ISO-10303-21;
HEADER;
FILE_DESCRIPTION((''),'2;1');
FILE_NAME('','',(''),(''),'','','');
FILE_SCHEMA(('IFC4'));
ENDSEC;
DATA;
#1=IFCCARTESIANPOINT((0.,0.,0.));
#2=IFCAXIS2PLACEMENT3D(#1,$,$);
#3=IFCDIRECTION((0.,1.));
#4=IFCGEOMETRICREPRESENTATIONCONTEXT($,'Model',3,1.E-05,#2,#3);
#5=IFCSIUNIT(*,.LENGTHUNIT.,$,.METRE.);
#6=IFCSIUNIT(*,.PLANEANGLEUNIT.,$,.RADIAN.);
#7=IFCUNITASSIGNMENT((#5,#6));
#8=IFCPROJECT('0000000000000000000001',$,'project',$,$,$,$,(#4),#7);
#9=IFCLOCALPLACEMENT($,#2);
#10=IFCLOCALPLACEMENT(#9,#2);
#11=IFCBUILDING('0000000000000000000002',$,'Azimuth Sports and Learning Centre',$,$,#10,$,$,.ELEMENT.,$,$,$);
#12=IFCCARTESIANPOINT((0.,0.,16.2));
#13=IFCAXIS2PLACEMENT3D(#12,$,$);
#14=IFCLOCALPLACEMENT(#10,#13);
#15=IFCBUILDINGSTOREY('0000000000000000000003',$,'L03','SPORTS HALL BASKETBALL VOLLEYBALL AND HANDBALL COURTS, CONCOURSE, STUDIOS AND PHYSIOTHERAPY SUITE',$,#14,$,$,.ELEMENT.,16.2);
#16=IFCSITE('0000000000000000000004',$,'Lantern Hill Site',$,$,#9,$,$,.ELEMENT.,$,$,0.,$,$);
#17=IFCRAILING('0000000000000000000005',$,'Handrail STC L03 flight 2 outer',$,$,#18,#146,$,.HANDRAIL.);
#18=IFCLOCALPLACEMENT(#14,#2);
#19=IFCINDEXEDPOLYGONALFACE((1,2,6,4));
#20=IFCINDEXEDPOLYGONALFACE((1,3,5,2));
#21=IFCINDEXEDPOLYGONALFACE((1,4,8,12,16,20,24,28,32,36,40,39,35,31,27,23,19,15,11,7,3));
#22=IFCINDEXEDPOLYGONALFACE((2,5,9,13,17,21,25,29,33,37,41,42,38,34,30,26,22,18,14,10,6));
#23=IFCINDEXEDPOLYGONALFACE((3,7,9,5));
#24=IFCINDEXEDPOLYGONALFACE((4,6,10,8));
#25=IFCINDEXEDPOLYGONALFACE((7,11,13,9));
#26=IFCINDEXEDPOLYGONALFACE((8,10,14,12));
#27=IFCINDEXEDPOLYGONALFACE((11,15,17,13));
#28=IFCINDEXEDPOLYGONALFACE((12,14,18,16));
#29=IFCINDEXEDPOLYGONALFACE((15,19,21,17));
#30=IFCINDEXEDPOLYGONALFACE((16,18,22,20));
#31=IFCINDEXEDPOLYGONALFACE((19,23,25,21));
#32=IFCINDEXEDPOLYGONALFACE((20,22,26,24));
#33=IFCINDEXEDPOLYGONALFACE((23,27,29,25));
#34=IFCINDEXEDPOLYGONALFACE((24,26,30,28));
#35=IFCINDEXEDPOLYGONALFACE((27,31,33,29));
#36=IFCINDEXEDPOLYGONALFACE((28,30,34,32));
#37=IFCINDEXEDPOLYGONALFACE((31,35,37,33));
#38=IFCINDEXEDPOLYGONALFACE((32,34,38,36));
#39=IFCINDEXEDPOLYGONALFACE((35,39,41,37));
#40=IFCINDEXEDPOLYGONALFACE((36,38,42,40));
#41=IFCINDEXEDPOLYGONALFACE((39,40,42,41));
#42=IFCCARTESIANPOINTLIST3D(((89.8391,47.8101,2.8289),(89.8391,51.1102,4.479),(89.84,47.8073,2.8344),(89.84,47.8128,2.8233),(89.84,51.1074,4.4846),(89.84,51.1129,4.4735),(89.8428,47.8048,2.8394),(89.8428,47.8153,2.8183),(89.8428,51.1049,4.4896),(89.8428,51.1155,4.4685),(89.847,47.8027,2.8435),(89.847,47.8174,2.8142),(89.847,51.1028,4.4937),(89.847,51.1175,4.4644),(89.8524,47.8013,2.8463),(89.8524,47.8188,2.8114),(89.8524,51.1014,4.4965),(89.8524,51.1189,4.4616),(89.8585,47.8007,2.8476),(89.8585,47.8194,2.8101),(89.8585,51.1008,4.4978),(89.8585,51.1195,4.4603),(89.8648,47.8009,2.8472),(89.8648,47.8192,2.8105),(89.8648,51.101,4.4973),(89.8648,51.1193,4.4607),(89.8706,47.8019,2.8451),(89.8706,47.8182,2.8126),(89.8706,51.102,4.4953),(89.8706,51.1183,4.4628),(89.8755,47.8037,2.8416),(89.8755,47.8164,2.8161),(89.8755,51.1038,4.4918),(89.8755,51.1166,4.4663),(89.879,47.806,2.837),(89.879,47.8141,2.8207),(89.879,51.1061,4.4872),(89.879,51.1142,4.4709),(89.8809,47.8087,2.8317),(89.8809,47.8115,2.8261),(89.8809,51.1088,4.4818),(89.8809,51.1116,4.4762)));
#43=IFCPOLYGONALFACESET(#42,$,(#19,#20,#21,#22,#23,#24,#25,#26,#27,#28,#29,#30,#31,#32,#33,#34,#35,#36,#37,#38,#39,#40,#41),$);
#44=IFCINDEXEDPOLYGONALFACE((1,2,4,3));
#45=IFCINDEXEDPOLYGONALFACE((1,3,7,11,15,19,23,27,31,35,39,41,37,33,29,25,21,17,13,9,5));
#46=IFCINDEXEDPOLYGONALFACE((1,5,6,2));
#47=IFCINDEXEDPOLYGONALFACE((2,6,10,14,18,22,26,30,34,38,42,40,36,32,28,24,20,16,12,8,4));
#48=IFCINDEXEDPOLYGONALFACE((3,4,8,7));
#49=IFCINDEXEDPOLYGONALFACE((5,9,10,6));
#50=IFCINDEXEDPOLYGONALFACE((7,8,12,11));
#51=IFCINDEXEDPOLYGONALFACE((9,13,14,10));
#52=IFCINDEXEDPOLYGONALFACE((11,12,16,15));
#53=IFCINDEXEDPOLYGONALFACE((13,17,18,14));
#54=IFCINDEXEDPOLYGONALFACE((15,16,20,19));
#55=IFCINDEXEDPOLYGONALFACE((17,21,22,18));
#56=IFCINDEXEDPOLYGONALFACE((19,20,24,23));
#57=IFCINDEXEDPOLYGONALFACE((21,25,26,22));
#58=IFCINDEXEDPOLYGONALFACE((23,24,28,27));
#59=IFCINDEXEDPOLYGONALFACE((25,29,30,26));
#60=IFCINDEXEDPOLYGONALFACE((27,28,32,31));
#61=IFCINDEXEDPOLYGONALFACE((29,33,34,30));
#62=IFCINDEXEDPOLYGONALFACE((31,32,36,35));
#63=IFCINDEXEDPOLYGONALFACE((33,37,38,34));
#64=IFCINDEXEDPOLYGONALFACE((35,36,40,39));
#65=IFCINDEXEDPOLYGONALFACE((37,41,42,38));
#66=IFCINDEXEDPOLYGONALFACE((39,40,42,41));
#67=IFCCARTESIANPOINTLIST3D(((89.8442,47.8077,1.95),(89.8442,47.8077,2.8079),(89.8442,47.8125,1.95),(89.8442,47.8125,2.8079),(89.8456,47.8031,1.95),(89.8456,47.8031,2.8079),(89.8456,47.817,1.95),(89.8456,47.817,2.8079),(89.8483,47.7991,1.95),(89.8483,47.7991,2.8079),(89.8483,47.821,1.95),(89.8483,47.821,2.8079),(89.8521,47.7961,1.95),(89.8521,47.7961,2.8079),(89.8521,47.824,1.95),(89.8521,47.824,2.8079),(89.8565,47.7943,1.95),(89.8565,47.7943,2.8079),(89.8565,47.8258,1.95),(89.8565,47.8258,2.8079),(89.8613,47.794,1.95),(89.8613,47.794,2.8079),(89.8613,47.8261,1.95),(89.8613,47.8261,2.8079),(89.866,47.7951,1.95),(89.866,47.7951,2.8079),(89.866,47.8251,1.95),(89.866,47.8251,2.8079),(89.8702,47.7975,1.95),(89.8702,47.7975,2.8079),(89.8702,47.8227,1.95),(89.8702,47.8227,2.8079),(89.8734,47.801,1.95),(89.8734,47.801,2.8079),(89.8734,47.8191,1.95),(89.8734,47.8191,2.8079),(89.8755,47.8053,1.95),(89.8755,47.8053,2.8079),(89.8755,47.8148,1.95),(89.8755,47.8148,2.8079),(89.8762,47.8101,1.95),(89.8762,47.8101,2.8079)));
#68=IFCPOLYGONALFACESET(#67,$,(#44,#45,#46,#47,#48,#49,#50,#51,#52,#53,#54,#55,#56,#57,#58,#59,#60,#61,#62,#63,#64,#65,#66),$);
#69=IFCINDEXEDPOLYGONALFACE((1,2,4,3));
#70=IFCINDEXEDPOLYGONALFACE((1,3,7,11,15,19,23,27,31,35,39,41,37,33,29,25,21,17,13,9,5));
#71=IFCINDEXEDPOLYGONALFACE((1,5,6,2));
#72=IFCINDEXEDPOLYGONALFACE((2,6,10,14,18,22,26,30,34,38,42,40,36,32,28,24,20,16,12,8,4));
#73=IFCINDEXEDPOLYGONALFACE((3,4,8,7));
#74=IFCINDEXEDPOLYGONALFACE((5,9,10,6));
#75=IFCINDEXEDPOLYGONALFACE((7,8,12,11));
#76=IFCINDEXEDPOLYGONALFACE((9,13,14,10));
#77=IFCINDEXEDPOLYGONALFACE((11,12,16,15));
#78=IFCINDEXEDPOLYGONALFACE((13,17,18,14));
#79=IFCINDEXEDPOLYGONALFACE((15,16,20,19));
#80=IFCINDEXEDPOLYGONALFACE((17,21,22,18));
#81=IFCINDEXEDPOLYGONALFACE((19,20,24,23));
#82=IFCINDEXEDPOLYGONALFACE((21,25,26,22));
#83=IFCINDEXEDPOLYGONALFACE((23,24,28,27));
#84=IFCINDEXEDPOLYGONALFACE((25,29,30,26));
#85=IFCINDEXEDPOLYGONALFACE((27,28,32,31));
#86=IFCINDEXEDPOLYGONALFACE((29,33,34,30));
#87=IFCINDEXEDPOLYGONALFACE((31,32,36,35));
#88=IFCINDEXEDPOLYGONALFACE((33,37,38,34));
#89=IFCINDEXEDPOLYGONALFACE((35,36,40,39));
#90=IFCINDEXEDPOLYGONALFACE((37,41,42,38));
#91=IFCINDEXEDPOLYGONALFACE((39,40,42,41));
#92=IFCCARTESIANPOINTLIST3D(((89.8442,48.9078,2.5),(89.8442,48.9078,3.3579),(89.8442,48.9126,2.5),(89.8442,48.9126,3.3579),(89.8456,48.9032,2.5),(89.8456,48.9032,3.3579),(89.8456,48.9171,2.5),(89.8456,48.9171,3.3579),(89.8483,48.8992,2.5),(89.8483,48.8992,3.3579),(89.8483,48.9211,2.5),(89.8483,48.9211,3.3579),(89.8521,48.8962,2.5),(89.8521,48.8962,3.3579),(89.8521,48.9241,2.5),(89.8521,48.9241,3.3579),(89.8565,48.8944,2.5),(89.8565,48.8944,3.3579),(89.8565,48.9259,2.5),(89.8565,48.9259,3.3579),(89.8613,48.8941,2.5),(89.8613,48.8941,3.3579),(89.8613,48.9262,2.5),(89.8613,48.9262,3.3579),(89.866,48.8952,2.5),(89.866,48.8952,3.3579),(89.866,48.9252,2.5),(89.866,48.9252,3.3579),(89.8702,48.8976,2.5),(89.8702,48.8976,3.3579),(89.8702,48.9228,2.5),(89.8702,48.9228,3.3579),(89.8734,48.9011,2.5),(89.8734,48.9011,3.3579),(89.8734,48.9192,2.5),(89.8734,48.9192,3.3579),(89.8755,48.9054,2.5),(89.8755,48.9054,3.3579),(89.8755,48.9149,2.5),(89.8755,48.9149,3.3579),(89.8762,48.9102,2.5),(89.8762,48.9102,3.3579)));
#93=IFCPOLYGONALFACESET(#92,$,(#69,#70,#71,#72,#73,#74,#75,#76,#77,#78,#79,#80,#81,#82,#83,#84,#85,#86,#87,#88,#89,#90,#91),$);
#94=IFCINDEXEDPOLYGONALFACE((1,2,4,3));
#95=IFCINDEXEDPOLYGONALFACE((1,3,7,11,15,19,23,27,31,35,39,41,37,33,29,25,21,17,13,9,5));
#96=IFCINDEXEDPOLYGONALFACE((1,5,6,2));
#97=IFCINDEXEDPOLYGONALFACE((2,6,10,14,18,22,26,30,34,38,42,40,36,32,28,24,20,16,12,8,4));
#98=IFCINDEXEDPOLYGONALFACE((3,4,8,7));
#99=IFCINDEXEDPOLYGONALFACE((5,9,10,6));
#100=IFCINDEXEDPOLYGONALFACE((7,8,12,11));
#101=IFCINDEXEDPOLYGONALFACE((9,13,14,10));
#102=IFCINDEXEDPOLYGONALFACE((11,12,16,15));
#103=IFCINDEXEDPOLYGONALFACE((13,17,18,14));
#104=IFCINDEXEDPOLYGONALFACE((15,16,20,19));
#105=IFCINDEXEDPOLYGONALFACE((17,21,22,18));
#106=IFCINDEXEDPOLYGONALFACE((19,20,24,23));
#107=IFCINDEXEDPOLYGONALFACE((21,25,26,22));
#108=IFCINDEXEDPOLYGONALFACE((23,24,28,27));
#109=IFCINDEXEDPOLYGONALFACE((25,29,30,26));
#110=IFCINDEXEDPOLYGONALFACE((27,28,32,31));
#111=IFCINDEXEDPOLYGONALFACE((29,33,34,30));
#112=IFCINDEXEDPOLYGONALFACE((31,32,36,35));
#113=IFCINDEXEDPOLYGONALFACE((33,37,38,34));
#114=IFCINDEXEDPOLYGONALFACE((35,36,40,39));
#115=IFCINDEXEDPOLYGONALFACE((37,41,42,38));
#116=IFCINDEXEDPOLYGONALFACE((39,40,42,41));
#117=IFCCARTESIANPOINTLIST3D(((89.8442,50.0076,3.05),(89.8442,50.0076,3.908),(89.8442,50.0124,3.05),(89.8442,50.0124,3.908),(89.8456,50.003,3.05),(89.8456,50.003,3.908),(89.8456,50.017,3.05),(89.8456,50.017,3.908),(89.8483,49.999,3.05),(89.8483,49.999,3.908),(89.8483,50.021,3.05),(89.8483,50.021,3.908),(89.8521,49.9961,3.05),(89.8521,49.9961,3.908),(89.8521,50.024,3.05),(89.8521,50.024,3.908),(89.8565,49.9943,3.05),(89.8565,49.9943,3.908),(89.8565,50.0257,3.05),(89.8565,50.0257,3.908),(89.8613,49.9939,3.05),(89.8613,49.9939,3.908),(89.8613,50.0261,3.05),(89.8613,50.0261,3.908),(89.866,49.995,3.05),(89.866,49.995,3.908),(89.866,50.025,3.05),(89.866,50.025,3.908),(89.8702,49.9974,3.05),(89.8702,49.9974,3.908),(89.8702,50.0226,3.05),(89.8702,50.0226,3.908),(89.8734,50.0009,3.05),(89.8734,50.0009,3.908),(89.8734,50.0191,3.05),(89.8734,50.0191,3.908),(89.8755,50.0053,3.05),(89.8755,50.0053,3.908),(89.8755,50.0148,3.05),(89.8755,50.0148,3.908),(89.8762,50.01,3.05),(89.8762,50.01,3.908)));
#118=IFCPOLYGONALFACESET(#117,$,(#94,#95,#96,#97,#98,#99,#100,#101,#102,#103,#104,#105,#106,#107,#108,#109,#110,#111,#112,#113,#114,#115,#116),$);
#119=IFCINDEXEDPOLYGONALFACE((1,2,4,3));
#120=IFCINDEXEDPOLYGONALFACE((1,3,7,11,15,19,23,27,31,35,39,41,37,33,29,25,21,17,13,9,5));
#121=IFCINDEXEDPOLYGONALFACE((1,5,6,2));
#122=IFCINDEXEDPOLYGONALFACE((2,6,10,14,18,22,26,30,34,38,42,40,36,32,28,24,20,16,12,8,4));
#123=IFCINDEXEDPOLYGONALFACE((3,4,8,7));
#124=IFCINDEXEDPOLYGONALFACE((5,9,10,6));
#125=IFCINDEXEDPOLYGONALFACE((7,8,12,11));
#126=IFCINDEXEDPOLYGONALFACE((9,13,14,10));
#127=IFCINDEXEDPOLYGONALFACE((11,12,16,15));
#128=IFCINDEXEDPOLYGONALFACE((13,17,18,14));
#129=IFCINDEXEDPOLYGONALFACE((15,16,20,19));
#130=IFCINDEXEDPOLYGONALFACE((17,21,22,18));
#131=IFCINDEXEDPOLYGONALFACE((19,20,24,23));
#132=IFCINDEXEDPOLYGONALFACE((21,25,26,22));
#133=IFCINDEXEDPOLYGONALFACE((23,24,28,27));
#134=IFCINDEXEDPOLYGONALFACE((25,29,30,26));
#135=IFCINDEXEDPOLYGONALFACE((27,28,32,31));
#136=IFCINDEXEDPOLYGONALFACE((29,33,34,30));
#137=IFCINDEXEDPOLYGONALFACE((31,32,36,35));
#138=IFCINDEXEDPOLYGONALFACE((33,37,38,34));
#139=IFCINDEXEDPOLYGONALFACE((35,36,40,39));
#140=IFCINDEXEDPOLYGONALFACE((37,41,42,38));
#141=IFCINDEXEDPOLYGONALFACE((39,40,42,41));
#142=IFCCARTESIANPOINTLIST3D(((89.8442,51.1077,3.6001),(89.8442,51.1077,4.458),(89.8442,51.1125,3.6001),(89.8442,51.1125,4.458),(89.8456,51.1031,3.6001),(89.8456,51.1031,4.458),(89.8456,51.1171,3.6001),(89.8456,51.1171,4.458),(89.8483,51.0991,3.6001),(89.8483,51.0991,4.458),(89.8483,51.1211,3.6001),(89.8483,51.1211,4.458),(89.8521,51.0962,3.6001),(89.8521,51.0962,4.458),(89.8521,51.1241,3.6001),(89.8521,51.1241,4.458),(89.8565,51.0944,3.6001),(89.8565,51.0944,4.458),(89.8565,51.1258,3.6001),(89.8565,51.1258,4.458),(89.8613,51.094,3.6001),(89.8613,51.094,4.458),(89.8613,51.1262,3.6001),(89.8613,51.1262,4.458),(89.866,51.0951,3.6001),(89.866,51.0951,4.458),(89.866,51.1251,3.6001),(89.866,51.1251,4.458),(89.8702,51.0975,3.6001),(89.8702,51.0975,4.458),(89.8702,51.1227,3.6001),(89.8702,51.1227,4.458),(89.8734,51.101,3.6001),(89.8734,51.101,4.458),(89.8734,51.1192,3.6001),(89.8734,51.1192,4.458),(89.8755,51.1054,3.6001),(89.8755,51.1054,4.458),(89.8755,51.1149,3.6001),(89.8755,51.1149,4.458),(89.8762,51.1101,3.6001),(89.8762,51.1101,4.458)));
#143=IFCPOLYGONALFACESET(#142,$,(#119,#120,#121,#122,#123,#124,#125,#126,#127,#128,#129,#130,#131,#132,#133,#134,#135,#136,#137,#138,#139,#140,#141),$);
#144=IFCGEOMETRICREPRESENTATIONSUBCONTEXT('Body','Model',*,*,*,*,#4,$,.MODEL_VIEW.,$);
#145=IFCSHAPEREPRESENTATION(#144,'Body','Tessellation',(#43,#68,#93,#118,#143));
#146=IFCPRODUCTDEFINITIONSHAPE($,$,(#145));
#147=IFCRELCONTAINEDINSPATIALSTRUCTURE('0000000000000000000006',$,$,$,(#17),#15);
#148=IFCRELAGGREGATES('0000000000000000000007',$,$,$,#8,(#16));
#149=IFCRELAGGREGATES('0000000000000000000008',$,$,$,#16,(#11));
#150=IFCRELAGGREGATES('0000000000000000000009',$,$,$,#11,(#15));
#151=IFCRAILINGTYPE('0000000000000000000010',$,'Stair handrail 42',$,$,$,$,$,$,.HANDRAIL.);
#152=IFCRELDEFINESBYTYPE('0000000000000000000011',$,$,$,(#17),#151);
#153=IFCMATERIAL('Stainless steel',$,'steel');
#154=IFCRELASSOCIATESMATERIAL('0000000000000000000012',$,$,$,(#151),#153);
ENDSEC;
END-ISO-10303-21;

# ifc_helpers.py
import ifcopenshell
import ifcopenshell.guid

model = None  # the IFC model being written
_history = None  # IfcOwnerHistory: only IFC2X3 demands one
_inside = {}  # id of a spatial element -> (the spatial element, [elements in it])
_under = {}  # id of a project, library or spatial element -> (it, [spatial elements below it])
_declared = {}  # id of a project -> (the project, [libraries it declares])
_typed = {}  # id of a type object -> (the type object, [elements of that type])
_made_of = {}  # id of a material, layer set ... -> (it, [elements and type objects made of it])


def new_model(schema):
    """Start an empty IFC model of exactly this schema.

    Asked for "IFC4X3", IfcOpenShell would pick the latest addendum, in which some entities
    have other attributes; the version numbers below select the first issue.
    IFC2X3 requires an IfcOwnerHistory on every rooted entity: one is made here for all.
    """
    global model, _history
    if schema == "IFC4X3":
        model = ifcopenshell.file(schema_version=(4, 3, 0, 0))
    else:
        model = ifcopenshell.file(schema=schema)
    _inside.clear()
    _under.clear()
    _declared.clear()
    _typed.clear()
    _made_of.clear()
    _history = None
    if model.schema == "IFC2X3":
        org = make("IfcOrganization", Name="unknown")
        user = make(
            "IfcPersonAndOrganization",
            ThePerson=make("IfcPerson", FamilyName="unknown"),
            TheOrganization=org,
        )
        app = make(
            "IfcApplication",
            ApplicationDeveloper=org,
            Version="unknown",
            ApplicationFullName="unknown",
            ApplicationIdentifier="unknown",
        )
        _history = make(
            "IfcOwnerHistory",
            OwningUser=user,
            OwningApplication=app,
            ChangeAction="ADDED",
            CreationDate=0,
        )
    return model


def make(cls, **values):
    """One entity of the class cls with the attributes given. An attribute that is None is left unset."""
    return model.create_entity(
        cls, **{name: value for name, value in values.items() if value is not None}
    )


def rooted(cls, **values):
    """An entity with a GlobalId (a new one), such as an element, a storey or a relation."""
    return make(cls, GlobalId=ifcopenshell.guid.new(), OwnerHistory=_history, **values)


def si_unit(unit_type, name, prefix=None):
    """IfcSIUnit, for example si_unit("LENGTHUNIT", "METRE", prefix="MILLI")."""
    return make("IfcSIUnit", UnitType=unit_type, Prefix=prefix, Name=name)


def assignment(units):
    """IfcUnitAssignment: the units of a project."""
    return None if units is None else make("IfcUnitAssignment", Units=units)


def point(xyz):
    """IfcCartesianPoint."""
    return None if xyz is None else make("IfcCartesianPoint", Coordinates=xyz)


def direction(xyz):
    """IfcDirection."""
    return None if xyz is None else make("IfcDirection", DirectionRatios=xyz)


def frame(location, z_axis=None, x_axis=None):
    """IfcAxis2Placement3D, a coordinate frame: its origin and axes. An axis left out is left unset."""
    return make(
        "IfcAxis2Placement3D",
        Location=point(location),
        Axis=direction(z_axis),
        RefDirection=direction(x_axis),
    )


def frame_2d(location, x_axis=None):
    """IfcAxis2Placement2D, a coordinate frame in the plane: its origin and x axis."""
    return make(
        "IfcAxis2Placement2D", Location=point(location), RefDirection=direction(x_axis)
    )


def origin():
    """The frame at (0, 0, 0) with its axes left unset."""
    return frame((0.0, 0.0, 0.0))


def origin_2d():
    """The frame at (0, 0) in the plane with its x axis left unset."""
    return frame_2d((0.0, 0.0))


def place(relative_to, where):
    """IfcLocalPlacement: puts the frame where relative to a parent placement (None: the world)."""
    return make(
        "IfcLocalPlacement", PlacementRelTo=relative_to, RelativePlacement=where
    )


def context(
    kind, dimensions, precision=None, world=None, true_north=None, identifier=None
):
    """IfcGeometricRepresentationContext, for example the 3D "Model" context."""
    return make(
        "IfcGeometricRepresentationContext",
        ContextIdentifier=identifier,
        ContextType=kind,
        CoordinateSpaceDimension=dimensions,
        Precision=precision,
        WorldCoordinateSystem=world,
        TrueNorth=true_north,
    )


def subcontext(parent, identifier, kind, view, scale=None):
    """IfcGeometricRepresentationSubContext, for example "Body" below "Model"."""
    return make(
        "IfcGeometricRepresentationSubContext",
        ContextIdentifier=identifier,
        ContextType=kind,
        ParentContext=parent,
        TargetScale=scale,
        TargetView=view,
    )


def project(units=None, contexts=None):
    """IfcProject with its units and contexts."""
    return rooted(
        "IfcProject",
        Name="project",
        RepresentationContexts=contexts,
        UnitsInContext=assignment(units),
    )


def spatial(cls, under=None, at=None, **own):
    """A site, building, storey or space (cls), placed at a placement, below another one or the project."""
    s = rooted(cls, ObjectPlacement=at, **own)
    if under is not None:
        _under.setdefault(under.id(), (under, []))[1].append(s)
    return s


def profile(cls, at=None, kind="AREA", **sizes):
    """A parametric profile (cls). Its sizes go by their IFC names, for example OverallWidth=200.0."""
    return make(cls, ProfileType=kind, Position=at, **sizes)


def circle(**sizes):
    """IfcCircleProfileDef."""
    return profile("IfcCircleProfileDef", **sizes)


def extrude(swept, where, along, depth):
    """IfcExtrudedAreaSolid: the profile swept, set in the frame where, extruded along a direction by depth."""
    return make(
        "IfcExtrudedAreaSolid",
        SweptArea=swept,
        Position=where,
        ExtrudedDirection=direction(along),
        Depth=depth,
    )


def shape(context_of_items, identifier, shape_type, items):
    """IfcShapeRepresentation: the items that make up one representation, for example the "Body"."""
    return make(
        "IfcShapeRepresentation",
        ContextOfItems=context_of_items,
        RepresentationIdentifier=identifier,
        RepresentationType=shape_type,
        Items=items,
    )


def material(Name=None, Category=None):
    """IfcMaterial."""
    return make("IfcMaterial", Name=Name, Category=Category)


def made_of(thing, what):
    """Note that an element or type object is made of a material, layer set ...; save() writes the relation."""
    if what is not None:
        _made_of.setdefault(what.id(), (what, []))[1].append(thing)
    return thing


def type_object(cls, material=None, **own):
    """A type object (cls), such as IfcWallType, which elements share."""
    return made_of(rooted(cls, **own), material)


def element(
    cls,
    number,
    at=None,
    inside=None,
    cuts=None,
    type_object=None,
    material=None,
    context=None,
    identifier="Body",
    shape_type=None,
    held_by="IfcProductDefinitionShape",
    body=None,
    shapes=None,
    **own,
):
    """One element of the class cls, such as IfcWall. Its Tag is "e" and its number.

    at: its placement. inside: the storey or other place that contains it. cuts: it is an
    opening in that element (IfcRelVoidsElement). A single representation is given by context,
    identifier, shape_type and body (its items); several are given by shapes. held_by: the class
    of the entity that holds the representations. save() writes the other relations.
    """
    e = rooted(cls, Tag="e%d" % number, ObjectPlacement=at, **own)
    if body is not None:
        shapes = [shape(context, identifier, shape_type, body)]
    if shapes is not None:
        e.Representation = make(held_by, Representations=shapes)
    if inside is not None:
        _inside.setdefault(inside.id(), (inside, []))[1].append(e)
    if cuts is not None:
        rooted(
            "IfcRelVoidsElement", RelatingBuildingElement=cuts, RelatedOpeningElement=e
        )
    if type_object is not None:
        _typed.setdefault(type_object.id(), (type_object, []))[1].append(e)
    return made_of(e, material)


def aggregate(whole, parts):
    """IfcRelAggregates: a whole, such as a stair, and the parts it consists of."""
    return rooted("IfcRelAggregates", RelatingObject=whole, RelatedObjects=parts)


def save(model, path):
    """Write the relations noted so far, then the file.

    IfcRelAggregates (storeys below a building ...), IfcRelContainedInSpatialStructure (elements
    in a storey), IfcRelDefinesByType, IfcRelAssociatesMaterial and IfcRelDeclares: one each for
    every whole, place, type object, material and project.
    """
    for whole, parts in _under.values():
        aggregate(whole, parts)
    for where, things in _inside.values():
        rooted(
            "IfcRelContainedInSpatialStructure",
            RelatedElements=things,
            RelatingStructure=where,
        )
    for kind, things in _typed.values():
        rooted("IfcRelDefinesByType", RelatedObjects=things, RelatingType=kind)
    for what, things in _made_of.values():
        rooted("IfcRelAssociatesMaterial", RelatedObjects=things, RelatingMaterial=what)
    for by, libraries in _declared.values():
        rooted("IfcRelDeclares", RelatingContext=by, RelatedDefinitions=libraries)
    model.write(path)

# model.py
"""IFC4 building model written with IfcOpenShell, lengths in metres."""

from ifc_helpers import new_model, si_unit, direction, frame, origin, origin_2d, place, context, subcontext, project, spatial, circle, extrude, material, type_object, element, save


model = new_model("IFC4")

# Units and contexts
model_context = context("Model", 3, precision=1e-05, world=origin(), true_north=direction((0.0, 1.0)))
body_context = subcontext(model_context, "Body", "Model", "MODEL_VIEW")
ifc_project = project(units=[si_unit("LENGTHUNIT", "METRE"), si_unit("PLANEANGLEUNIT", "RADIAN")], contexts=[model_context])

# Site, building, storey
site_placement = place(None, origin())
site = spatial("IfcSite", under=ifc_project, at=site_placement, Name="Lantern Hill Site", CompositionType="ELEMENT", RefElevation=0.0)
building_placement = place(site_placement, origin())
building = spatial("IfcBuilding", under=site, at=building_placement, Name="Azimuth Sports and Learning Centre", CompositionType="ELEMENT")
storey_placement = place(building_placement, frame((0.0, 0.0, 16.2)))
storey = spatial("IfcBuildingStorey", under=building, at=storey_placement, Name="L03", Description="SPORTS HALL BASKETBALL VOLLEYBALL AND HANDBALL COURTS, CONCOURSE, STUDIOS AND PHYSIOTHERAPY SUITE", CompositionType="ELEMENT", Elevation=16.2)

# Railing
ifc_material_1 = material(Name="Stainless steel", Category="steel")
railing_type_1 = type_object("IfcRailingType", Name="Stair handrail 42", PredefinedType="HANDRAIL", material=ifc_material_1)
for number, where, name in (
    (1, (89.8601, 47.8101, 1.95), "Handrail STC L03 flight 2 outer"),
):
    element("IfcRailing", number, at=place(storey_placement, frame(where)), inside=storey, type_object=railing_type_1, Name=name, PredefinedType="HANDRAIL", context=body_context, shape_type="SweptSolid", body=[
        extrude(circle(Radius=0.021, at=origin_2d()), frame((0.0, 0.0, 0.8789), z_axis=(0.0, 0.894414, 0.44724), x_axis=(-1.0, 0.0, 0.0)), (0.0, 0.0, 1.0), 3.6897),
        extrude(circle(Radius=0.0161, at=origin_2d()), origin(), (0.0, 0.0, 1.0), 0.8579),
        extrude(circle(Radius=0.0161, at=origin_2d()), frame((0.0, 1.1001, 0.55)), (0.0, 0.0, 1.0), 0.8579),
        extrude(circle(Radius=0.0161, at=origin_2d()), frame((0.0, 2.2, 1.1001)), (0.0, 0.0, 1.0), 0.8579),
        extrude(circle(Radius=0.0161, at=origin_2d()), frame((0.0, 3.3, 1.6501)), (0.0, 0.0, 1.0), 0.8579),
    ])

save(model, "model.ifc")
